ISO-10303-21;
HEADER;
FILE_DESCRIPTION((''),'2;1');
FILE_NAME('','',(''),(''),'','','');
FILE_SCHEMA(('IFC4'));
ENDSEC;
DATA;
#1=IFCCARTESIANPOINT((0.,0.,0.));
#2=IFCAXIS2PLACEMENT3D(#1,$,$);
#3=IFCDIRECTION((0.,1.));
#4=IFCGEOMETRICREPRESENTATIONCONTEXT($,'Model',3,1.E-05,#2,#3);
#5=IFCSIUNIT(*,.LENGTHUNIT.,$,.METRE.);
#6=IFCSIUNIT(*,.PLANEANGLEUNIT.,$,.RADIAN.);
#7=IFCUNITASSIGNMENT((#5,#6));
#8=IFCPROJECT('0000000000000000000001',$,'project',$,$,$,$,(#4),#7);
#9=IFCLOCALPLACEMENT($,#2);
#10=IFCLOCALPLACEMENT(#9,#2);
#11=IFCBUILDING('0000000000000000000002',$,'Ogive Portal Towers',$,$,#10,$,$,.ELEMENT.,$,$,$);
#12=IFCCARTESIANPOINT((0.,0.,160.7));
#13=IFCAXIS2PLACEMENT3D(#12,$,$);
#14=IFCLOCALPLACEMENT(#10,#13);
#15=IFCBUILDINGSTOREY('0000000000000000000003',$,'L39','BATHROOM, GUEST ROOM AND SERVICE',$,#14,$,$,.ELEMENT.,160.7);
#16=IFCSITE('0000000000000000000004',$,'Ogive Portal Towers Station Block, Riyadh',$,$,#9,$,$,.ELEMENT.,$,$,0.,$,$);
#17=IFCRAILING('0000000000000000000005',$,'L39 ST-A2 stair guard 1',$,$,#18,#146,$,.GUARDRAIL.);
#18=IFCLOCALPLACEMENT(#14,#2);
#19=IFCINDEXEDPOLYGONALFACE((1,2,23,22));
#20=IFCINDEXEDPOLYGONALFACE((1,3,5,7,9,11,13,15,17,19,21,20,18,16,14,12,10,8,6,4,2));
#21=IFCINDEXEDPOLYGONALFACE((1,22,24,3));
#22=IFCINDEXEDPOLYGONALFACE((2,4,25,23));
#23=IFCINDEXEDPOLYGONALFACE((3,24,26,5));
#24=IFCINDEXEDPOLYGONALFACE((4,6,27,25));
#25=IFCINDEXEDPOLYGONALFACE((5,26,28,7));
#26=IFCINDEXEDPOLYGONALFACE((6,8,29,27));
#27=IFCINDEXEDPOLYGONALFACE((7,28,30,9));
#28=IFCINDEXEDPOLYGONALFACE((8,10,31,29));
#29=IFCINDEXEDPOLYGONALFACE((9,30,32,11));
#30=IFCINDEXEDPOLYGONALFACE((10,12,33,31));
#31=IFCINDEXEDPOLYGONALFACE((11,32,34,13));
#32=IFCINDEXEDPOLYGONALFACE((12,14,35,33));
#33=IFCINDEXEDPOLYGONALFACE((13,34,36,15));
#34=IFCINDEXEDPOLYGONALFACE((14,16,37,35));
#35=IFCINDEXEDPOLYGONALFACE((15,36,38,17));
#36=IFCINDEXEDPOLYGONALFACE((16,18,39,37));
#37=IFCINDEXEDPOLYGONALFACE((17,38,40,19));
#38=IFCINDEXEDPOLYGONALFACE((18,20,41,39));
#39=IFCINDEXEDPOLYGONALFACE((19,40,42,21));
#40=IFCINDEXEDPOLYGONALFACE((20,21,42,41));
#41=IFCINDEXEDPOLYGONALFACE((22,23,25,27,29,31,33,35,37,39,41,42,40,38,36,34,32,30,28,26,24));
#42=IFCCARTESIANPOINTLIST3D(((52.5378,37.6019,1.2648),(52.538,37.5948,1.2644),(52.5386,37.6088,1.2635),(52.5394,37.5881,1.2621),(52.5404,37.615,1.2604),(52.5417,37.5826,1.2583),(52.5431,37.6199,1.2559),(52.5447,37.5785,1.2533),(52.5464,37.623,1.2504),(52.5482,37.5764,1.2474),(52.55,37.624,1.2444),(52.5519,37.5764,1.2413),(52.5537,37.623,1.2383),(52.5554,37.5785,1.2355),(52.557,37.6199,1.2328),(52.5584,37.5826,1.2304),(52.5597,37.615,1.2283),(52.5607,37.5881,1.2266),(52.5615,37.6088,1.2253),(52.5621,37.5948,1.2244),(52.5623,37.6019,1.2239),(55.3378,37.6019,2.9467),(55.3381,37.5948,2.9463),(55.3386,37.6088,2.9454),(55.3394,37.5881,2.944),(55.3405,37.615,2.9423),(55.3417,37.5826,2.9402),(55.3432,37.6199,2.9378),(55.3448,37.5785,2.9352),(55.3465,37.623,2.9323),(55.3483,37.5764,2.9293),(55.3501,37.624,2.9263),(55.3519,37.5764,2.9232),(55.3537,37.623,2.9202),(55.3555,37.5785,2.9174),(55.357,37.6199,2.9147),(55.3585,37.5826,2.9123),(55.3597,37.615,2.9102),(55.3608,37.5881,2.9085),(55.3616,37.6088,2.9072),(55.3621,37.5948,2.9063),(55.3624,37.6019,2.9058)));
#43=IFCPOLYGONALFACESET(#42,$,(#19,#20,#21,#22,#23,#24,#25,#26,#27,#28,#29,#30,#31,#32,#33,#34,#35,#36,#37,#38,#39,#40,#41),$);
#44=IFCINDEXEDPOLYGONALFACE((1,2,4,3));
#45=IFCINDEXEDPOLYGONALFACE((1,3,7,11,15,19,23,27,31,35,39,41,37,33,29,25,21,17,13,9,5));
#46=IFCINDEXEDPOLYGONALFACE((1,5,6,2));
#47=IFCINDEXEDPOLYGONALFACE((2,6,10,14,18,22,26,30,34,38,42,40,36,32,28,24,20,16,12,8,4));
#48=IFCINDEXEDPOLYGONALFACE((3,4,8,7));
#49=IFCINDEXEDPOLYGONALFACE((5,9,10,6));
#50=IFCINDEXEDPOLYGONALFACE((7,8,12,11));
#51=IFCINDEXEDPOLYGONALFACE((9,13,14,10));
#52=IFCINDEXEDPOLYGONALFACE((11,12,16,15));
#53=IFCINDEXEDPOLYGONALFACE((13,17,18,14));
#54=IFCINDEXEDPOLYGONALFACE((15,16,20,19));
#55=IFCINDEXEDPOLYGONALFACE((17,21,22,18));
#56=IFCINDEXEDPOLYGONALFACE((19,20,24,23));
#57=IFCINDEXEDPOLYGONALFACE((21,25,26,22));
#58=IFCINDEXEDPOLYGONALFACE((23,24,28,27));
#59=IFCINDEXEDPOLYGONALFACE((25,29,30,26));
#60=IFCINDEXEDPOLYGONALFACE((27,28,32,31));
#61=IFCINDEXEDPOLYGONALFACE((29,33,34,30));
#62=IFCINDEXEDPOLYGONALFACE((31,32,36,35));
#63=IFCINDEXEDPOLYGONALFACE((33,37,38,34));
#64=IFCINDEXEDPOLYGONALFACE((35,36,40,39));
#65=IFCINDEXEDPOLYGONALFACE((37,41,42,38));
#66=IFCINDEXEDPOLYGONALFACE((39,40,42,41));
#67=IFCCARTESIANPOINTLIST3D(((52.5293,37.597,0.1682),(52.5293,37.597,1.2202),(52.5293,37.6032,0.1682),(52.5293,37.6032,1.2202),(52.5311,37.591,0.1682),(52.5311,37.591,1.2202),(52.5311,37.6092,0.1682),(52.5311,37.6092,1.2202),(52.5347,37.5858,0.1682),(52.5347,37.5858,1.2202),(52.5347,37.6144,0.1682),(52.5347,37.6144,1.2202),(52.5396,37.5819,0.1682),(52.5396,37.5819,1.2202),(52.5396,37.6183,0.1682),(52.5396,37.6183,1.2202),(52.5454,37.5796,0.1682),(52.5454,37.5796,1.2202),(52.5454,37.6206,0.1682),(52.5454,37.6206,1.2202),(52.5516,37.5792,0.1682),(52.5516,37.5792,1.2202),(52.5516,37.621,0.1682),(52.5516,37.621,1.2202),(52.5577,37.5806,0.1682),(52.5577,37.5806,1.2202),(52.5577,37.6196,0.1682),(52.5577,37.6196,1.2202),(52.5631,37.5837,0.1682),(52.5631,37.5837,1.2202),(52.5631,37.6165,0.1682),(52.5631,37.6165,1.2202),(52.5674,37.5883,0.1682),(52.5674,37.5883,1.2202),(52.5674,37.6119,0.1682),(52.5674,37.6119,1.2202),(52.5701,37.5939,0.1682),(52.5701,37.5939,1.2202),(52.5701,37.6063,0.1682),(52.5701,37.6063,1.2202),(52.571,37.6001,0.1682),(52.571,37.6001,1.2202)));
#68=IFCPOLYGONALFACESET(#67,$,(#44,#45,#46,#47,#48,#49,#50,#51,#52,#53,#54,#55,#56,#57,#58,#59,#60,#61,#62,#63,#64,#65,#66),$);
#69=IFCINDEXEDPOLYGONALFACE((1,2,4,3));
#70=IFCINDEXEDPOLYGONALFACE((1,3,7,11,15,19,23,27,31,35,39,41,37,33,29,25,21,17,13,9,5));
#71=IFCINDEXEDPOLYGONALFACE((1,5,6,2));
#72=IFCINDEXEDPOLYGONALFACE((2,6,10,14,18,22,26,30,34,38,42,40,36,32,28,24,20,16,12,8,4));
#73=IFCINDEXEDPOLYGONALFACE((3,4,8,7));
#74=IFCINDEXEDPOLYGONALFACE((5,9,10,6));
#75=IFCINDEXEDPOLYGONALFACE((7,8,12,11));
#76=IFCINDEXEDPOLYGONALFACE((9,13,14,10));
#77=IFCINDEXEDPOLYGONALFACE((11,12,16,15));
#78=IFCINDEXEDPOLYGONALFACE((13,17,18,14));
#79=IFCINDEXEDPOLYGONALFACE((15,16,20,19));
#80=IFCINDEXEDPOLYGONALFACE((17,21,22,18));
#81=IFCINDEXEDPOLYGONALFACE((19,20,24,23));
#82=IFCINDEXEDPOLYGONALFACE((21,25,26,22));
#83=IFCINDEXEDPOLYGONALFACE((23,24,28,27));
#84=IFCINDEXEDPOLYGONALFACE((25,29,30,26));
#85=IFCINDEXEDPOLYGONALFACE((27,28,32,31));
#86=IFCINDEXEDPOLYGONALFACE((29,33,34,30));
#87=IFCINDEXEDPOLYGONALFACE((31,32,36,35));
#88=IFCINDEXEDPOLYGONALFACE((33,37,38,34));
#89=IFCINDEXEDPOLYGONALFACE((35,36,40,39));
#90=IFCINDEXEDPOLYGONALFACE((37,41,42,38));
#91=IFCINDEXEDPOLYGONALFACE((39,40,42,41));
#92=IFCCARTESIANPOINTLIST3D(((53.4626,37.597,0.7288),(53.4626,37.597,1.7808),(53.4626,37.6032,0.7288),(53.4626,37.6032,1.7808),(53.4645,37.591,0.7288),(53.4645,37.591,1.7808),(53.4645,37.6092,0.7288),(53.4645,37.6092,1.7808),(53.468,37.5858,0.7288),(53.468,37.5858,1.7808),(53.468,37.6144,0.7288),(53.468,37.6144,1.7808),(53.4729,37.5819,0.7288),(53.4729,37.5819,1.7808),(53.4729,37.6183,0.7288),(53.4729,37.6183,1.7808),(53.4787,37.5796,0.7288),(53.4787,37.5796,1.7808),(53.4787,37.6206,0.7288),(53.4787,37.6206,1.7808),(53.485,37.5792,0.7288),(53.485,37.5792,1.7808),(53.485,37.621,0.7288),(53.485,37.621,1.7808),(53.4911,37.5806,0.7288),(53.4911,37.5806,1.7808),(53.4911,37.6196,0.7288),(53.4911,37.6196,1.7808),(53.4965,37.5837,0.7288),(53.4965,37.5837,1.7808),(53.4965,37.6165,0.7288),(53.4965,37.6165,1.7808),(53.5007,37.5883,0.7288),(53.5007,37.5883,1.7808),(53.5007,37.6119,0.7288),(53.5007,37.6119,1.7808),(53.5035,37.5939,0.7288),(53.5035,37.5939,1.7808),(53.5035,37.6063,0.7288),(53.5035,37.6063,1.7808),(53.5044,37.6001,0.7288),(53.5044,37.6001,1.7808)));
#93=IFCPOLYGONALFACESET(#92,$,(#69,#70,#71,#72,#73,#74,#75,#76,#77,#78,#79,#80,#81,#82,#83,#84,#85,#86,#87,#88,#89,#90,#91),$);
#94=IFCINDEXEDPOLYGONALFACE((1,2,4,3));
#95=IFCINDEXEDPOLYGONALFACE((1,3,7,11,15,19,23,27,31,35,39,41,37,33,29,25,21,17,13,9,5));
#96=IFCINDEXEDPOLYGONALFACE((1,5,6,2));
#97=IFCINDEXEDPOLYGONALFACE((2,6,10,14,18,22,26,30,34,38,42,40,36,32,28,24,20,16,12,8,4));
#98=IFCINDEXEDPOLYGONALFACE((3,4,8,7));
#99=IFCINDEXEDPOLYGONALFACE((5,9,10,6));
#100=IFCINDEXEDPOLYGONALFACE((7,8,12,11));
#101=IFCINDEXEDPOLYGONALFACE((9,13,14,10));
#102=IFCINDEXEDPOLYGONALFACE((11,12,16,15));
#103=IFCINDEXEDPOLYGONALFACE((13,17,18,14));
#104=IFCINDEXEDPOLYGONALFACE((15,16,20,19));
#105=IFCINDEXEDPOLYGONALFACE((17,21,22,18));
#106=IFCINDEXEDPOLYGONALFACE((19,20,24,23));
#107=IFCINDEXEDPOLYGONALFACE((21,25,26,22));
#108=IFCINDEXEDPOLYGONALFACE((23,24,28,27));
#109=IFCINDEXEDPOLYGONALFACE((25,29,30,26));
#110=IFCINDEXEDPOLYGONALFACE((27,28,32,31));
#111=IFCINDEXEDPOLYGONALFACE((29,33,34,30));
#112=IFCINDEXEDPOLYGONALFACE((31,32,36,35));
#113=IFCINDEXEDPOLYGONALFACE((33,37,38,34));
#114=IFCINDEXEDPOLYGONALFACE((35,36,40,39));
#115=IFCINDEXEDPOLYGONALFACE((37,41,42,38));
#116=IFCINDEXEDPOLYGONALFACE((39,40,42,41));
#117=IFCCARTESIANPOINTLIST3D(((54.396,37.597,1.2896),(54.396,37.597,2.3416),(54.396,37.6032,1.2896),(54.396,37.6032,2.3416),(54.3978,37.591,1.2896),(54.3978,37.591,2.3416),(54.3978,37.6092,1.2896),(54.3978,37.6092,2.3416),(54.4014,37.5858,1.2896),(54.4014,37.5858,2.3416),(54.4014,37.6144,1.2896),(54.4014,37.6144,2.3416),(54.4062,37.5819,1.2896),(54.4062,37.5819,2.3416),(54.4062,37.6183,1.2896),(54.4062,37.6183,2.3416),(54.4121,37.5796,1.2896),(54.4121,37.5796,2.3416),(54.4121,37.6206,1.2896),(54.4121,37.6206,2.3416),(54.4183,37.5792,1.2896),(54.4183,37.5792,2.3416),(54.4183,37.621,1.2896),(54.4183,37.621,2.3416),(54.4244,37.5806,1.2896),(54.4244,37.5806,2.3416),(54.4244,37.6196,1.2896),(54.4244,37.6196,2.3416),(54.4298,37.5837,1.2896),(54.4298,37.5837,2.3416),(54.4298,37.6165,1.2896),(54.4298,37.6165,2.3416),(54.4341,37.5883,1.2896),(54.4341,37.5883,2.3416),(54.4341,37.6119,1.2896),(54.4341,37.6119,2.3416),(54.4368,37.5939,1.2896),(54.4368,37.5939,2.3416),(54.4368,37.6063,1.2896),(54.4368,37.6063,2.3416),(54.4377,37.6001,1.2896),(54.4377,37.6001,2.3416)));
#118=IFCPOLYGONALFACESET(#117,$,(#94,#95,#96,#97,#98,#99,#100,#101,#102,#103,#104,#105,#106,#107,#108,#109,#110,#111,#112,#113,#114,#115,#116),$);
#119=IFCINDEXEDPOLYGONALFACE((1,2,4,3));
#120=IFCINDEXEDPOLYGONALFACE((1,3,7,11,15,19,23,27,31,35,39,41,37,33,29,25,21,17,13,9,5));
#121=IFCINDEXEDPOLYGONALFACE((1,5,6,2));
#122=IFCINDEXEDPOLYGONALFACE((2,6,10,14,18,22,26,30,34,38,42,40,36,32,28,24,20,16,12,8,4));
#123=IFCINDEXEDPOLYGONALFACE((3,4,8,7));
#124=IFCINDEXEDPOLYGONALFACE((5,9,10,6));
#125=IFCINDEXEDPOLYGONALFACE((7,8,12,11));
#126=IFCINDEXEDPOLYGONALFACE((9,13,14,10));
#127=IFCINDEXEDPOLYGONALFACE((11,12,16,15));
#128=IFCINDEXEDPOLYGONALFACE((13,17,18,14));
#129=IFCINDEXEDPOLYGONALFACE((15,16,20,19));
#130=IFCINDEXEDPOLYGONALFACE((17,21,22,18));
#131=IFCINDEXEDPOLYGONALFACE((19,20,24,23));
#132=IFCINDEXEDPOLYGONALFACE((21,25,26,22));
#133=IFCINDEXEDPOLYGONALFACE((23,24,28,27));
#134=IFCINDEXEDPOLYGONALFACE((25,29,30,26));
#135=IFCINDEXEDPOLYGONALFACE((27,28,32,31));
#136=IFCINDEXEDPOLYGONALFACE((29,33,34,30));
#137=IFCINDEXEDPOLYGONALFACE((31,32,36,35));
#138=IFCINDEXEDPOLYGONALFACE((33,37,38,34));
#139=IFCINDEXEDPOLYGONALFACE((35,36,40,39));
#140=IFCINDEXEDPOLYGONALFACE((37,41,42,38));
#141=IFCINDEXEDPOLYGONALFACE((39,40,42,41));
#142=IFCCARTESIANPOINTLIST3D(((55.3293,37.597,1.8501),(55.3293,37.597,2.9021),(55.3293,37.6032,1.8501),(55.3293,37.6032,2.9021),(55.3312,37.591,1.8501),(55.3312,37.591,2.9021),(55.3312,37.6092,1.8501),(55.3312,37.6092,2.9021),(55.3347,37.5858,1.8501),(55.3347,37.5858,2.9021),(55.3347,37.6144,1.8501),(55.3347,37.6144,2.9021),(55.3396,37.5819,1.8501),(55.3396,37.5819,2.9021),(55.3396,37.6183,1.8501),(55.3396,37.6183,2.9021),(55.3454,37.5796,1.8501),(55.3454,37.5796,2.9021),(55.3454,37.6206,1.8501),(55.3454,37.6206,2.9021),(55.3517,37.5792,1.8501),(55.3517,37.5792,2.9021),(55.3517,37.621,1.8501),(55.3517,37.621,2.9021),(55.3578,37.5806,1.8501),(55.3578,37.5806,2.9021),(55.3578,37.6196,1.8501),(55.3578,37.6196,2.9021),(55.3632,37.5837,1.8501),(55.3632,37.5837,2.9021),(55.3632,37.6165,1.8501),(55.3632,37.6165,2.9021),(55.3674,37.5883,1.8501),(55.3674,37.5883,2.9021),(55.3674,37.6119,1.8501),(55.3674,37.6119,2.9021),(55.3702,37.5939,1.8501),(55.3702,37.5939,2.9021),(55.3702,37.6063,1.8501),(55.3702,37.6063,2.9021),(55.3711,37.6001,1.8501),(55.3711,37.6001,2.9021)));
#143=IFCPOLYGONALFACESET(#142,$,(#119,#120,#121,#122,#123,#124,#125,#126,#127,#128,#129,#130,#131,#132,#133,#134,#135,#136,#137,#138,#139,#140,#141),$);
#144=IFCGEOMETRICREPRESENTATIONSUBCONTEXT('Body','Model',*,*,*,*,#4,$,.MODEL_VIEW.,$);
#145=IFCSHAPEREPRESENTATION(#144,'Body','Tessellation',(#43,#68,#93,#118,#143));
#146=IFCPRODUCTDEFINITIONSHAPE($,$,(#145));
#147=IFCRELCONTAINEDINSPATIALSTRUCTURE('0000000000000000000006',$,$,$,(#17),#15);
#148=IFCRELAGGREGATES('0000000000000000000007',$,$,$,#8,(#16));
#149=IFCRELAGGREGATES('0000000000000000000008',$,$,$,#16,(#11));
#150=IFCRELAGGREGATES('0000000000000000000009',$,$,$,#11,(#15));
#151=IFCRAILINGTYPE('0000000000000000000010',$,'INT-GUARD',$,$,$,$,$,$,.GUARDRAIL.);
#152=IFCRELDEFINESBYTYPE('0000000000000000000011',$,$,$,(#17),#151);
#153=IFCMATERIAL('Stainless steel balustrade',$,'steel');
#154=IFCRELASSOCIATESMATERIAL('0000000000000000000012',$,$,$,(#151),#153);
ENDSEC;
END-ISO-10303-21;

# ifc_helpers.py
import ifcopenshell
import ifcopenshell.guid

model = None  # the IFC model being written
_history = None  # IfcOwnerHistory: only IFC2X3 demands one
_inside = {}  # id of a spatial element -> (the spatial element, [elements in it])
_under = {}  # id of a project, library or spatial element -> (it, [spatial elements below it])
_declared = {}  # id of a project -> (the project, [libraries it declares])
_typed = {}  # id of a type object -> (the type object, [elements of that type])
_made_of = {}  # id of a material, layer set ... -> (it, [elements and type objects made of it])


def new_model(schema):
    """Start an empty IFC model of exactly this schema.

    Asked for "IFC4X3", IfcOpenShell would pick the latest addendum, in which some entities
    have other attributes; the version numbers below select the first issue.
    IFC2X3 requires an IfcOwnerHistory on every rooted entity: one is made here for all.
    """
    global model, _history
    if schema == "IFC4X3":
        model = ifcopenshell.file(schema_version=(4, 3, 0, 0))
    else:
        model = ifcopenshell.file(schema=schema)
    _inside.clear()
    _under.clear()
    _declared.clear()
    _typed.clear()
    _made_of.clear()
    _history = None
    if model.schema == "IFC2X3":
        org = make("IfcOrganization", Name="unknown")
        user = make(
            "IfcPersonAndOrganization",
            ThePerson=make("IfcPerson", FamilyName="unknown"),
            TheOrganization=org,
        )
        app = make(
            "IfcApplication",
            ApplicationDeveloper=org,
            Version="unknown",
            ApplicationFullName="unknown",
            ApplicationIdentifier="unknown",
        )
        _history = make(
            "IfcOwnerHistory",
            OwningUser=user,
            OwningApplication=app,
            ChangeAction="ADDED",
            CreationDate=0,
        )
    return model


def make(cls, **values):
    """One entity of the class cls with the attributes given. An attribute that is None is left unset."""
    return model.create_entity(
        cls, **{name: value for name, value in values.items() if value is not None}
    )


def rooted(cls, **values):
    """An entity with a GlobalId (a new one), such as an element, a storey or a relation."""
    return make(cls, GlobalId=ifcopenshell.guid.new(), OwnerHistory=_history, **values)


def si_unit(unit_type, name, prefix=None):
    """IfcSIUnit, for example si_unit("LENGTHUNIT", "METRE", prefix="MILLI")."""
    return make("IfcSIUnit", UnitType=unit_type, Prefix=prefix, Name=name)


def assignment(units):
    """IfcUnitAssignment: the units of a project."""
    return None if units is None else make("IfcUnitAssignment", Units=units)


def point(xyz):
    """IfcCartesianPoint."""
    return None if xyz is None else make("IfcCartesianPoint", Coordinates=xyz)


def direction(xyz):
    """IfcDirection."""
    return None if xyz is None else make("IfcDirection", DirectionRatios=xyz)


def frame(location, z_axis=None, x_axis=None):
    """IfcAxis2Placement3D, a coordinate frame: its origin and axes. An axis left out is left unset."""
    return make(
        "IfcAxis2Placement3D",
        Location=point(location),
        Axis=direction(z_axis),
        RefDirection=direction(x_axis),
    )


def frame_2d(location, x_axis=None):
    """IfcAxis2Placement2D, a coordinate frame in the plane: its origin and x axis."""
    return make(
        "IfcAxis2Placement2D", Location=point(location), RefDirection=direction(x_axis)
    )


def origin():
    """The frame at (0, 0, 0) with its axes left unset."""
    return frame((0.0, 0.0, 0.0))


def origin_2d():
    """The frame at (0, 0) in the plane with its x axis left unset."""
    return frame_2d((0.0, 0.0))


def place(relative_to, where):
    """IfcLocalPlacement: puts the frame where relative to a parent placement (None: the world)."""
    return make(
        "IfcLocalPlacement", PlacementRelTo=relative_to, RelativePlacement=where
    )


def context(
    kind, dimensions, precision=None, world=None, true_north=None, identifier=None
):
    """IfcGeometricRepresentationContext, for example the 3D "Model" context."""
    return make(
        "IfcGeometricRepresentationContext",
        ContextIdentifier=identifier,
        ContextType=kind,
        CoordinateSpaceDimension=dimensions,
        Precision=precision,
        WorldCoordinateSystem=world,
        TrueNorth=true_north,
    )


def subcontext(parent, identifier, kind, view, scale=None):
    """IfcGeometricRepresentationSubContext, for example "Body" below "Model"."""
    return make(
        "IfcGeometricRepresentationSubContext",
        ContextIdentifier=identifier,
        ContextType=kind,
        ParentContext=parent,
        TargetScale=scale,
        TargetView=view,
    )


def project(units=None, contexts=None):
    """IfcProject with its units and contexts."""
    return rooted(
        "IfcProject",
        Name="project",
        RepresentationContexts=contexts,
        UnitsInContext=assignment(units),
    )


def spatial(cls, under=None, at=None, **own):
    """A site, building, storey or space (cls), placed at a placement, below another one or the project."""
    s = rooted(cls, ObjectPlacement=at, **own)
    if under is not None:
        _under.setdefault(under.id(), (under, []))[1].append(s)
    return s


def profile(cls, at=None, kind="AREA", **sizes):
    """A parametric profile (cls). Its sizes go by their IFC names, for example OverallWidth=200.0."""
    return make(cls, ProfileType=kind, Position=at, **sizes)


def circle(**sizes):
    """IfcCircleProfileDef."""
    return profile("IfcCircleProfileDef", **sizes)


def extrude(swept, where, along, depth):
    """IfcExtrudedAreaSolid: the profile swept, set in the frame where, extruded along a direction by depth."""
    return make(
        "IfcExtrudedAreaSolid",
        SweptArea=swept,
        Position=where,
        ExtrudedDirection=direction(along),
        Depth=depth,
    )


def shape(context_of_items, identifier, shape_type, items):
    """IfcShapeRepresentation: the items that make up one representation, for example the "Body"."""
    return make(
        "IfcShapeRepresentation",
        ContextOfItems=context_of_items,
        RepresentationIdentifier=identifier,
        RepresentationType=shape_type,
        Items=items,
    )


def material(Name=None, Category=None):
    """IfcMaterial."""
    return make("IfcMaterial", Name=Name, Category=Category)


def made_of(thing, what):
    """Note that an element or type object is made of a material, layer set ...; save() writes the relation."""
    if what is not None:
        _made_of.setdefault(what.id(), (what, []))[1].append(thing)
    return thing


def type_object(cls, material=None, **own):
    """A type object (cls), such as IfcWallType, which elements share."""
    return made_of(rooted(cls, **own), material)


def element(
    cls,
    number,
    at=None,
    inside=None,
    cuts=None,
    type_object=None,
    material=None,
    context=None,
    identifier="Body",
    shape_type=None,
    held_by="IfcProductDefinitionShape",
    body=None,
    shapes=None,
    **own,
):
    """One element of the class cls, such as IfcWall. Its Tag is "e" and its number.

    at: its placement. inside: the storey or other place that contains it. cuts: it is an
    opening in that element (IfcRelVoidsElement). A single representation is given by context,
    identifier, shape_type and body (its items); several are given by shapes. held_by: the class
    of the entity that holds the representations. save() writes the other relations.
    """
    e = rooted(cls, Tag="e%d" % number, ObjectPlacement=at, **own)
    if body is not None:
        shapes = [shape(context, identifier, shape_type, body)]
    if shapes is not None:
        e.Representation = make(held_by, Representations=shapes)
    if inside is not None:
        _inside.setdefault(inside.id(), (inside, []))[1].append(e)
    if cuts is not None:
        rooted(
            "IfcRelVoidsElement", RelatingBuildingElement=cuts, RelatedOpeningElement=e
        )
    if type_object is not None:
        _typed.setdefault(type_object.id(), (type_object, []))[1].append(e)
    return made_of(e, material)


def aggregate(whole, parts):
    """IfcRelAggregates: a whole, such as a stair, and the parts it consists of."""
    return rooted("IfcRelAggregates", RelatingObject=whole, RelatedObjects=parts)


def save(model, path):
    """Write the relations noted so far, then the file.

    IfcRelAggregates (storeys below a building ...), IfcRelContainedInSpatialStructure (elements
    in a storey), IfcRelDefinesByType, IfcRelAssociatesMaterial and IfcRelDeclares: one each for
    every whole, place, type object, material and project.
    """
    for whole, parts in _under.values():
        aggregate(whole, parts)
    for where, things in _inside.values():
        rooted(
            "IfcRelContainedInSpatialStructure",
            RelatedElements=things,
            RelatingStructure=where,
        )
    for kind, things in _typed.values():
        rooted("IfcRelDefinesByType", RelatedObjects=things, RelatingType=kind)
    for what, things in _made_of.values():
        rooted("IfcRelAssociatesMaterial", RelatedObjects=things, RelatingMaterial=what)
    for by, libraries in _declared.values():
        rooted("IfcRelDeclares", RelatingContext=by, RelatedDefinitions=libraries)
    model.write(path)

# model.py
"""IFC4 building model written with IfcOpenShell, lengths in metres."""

from ifc_helpers import new_model, si_unit, direction, frame, origin, origin_2d, place, context, subcontext, project, spatial, circle, extrude, material, type_object, element, save


model = new_model("IFC4")

# Units and contexts
model_context = context("Model", 3, precision=1e-05, world=origin(), true_north=direction((0.0, 1.0)))
body_context = subcontext(model_context, "Body", "Model", "MODEL_VIEW")
ifc_project = project(units=[si_unit("LENGTHUNIT", "METRE"), si_unit("PLANEANGLEUNIT", "RADIAN")], contexts=[model_context])

# Site, building, storey
site_placement = place(None, origin())
site = spatial("IfcSite", under=ifc_project, at=site_placement, Name="Ogive Portal Towers Station Block, Riyadh", CompositionType="ELEMENT", RefElevation=0.0)
building_placement = place(site_placement, origin())
building = spatial("IfcBuilding", under=site, at=building_placement, Name="Ogive Portal Towers", CompositionType="ELEMENT")
storey_placement = place(building_placement, frame((0.0, 0.0, 160.7)))
storey = spatial("IfcBuildingStorey", under=building, at=storey_placement, Name="L39", Description="BATHROOM, GUEST ROOM AND SERVICE", CompositionType="ELEMENT", Elevation=160.7)

# Railing
ifc_material_1 = material(Name="Stainless steel balustrade", Category="steel")
railing_type_1 = type_object("IfcRailingType", Name="INT-GUARD", PredefinedType="GUARDRAIL", material=ifc_material_1)
railing_1_placement = place(storey_placement, frame((52.55, 37.6001, 0.1682)))
element("IfcRailing", 1, at=railing_1_placement, inside=storey, type_object=railing_type_1, Name="L39 ST-A2 stair guard 1", PredefinedType="GUARDRAIL", context=body_context, shape_type="SweptSolid", body=[
    extrude(circle(Radius=0.0239, at=origin_2d()), frame((0.0, 0.0, 1.0762), z_axis=(0.857242, 0.0, 0.514913), x_axis=(0.0, 1.0, 0.0)), (0.0, 0.0, 1.0), 3.2664),
    extrude(circle(Radius=0.021, at=origin_2d()), origin(), (0.0, 0.0, 1.0), 1.052),
    extrude(circle(Radius=0.021, at=origin_2d()), frame((0.9333, 0.0, 0.5605)), (0.0, 0.0, 1.0), 1.052),
    extrude(circle(Radius=0.021, at=origin_2d()), frame((1.8667, 0.0, 1.1213)), (0.0, 0.0, 1.0), 1.052),
    extrude(circle(Radius=0.021, at=origin_2d()), frame((2.8, 0.0, 1.6819)), (0.0, 0.0, 1.0), 1.052),
])

save(model, "model.ifc")
